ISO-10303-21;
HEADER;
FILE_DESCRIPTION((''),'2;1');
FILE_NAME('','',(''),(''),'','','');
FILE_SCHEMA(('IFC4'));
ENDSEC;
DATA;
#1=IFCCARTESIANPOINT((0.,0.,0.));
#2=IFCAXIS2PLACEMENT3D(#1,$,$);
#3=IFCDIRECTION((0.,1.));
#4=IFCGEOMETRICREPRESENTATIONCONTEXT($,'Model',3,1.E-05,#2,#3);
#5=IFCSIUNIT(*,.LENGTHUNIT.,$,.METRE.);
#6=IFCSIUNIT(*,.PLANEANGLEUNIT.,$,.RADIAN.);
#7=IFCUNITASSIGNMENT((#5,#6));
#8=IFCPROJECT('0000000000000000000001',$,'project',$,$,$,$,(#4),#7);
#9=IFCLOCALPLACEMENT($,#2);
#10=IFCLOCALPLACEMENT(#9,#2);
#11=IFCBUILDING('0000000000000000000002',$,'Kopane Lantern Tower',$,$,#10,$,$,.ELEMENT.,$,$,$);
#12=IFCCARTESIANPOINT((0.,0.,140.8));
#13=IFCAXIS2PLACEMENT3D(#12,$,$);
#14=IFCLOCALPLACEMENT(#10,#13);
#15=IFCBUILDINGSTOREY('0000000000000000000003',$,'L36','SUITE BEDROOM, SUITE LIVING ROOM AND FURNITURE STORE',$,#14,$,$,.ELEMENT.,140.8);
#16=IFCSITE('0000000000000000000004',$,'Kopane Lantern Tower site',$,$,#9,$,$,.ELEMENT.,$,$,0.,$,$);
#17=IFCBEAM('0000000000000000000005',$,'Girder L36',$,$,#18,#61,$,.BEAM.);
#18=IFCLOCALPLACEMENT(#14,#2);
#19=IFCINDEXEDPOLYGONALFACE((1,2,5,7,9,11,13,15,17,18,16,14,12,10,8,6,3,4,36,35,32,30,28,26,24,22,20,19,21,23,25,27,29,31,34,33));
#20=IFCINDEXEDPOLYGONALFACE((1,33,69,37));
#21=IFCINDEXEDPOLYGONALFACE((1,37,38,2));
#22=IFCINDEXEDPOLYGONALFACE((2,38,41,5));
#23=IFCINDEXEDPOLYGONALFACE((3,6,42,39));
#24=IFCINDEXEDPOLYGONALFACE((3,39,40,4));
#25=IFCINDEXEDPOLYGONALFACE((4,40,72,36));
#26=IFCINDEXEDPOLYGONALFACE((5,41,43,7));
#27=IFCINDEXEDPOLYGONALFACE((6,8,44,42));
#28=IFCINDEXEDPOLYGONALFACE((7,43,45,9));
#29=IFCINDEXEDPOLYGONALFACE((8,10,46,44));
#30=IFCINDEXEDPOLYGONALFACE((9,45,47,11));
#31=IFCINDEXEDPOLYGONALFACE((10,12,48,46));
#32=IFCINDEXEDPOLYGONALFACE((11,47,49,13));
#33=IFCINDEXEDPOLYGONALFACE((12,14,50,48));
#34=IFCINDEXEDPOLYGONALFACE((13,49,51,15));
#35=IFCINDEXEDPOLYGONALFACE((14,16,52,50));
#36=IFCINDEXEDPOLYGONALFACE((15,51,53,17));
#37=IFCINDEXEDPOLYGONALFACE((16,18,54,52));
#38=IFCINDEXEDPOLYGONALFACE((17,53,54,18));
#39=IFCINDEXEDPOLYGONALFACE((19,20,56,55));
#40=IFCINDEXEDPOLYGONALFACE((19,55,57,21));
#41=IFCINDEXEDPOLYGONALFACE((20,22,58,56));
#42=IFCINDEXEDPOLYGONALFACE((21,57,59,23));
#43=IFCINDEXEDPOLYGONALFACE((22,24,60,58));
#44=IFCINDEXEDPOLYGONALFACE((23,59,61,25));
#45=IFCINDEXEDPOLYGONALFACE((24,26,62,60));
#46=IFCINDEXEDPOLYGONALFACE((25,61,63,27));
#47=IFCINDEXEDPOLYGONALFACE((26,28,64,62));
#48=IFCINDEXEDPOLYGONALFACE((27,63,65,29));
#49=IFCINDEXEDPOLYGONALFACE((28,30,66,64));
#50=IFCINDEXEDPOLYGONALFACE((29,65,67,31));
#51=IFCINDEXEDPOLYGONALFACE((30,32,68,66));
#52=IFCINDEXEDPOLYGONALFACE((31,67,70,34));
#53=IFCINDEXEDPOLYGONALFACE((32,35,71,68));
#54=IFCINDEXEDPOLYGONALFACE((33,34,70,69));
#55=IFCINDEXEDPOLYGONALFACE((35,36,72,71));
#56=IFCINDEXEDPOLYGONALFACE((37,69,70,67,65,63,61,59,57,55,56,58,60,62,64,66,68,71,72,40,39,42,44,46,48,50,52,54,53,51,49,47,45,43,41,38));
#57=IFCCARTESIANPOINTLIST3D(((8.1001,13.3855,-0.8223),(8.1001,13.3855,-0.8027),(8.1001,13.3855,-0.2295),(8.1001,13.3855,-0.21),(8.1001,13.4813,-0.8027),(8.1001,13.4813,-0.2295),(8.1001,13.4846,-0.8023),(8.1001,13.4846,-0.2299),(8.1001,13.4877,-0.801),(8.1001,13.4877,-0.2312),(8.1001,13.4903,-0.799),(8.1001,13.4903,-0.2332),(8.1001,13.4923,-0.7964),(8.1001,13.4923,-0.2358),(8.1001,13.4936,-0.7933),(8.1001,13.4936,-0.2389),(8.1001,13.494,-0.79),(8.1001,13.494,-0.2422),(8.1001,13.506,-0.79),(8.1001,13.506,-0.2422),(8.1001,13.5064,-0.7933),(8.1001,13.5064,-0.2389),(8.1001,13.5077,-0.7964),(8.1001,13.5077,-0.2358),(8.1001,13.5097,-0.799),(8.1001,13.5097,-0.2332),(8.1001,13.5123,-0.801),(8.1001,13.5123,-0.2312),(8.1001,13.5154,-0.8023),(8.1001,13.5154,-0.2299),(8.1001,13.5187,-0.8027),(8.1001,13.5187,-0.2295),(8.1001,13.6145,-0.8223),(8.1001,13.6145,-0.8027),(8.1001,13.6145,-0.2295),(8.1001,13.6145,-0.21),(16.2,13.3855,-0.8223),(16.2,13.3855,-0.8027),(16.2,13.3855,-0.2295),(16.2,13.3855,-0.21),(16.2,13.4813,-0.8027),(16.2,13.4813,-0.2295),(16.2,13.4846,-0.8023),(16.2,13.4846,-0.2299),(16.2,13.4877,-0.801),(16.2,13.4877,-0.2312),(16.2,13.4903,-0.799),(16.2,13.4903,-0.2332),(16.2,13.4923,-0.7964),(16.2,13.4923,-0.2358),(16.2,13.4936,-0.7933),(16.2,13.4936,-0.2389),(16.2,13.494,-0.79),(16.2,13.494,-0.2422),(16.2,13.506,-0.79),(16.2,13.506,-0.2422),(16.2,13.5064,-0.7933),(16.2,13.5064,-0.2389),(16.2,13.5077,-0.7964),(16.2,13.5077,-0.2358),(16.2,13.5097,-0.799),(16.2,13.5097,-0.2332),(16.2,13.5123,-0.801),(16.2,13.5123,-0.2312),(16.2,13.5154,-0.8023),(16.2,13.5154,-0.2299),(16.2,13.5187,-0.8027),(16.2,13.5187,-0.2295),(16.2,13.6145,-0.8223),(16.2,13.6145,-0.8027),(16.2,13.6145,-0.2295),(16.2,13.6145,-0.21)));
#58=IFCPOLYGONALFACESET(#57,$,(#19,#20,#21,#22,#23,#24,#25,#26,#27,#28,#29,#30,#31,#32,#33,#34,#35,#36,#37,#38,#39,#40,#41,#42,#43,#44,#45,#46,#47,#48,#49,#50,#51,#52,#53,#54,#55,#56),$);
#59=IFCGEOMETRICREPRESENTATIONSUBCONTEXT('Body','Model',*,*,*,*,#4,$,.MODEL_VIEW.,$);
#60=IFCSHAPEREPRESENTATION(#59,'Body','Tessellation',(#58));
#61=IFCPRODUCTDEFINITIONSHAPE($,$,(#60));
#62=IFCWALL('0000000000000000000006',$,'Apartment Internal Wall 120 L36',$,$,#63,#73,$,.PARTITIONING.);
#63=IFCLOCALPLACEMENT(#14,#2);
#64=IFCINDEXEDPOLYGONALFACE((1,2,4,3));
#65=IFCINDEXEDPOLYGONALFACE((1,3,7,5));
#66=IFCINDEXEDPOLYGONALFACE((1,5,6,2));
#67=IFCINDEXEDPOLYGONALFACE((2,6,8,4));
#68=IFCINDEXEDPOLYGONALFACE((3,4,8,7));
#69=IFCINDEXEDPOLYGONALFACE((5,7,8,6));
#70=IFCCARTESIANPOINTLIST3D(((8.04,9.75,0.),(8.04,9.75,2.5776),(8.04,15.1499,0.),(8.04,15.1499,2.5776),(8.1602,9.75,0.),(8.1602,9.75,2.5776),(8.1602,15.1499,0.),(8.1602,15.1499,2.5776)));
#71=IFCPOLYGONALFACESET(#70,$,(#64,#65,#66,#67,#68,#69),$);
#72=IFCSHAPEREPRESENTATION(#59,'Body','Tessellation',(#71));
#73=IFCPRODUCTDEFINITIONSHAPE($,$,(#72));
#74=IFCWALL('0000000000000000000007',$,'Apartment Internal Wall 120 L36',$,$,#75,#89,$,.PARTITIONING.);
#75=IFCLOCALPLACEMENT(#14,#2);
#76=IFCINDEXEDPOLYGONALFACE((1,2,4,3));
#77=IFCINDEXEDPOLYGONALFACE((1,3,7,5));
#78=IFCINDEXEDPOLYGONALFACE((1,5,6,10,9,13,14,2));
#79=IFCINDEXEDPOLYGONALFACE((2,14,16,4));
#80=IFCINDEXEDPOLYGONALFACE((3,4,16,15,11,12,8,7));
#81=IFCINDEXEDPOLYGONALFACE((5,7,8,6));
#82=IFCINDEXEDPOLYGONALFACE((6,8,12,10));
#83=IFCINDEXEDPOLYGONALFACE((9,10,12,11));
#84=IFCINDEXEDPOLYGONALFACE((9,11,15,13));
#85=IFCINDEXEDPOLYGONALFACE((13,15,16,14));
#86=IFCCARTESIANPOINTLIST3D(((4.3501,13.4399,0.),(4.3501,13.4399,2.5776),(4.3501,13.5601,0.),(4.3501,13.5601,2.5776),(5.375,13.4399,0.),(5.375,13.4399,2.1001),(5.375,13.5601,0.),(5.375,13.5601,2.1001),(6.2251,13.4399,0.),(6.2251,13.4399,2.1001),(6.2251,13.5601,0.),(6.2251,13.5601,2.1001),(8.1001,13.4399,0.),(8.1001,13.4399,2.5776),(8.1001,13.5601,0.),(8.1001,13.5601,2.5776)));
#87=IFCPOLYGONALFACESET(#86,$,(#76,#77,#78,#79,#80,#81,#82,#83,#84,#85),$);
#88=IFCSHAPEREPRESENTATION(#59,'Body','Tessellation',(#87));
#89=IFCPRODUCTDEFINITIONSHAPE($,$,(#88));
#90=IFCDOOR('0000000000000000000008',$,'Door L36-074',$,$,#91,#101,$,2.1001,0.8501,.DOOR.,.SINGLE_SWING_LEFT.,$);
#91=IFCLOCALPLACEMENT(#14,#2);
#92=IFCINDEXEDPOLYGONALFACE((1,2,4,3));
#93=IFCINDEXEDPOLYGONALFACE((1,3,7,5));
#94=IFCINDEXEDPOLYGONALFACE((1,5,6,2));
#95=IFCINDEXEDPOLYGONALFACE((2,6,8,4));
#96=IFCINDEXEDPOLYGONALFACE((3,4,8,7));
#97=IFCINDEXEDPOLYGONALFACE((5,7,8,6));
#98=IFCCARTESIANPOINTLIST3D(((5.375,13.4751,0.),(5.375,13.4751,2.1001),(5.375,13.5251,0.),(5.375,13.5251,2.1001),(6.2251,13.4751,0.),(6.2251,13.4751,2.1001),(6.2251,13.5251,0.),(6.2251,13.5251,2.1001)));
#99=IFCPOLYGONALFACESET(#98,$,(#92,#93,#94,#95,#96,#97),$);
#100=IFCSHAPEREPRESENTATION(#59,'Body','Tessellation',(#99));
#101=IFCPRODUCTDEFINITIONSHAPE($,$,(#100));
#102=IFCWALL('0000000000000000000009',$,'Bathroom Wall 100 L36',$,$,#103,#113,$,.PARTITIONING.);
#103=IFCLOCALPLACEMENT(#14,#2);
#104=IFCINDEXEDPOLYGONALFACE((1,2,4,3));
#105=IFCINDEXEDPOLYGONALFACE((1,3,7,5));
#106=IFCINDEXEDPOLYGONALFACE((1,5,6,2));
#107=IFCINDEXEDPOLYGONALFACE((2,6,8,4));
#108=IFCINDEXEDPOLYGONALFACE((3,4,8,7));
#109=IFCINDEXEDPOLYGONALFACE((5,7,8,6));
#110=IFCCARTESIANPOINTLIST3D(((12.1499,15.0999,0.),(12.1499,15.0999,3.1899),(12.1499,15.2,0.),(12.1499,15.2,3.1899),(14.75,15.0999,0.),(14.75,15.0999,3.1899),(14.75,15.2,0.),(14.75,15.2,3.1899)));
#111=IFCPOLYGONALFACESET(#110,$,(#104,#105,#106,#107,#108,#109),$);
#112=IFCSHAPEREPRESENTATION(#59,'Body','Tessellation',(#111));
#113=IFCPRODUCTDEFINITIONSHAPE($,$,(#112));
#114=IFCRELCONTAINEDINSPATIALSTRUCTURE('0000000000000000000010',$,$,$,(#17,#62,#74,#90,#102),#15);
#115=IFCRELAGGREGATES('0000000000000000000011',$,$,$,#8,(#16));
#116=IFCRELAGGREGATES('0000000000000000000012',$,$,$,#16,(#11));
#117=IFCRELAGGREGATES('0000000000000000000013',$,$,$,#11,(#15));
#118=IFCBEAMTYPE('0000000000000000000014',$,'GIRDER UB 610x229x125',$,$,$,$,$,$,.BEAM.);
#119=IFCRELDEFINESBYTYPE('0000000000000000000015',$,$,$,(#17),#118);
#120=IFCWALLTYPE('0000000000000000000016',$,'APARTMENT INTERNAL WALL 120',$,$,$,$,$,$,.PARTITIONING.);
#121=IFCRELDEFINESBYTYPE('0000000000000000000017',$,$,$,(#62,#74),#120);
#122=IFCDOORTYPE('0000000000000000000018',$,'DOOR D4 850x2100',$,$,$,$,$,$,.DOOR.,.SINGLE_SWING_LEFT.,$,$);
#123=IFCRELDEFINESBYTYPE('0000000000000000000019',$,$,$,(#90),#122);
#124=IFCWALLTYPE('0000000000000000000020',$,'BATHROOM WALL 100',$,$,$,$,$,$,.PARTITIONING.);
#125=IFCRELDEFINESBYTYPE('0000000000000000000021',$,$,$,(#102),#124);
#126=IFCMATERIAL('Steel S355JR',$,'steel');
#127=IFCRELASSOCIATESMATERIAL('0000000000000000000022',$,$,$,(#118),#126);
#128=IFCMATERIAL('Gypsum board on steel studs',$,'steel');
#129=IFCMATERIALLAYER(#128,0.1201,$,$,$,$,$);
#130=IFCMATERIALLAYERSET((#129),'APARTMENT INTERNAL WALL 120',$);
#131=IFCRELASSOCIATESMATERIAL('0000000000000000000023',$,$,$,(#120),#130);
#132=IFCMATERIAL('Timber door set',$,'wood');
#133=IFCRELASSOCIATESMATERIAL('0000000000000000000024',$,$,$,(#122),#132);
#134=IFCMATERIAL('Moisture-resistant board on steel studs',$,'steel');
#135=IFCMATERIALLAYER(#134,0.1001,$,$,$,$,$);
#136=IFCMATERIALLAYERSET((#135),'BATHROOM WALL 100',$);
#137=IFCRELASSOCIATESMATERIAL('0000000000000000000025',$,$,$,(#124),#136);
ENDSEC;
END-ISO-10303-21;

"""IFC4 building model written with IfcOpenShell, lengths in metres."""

from ifc_helpers import new_model, si_unit, direction, frame, frame_2d, origin, origin_2d, place, context, subcontext, project, spatial, rectangle, i_section, extrude, material, layer, layer_set, material_profile, profile_set, type_object, element, fill, save


model = new_model("IFC4")

# Units and contexts
model_context = context("Model", 3, precision=1e-05, world=origin(), true_north=direction((0.0, 1.0)))
body_context = subcontext(model_context, "Body", "Model", "MODEL_VIEW")
ifc_project = project(units=[si_unit("LENGTHUNIT", "METRE"), si_unit("PLANEANGLEUNIT", "RADIAN")], contexts=[model_context])

# Site, building, storey
site_placement = place(None, origin())
site = spatial("IfcSite", under=ifc_project, at=site_placement, Name="Kopane Lantern Tower site", CompositionType="ELEMENT", RefElevation=0.0)
building_placement = place(site_placement, origin())
building = spatial("IfcBuilding", under=site, at=building_placement, Name="Kopane Lantern Tower", CompositionType="ELEMENT")
storey_placement = place(building_placement, frame((0.0, 0.0, 140.8)))
storey = spatial("IfcBuildingStorey", under=building, at=storey_placement, Name="L36", Description="SUITE BEDROOM, SUITE LIVING ROOM AND FURNITURE STORE", CompositionType="ELEMENT", Elevation=140.8)

# Beam
ifc_material_1 = material(Name="Steel S355JR", Category="steel")
ifc_material_profile = material_profile(ifc_material_1, i_section(OverallWidth=0.229, OverallDepth=0.6123, WebThickness=0.012, FlangeThickness=0.0195, FilletRadius=0.0127, at=origin_2d()), Name="UB 610x229x125")
ifc_profile_set = profile_set([ifc_material_profile], Name="Steel S355JR")
beam_type = type_object("IfcBeamType", Name="GIRDER UB 610x229x125", PredefinedType="BEAM", material=ifc_profile_set)
beam_placement = place(storey_placement, frame((8.1001, 13.5, -0.5161), z_axis=(1.0, 0.0, 0.0), x_axis=(0.0, 1.0, 0.0)))
element("IfcBeam", 1, at=beam_placement, inside=storey, type_object=beam_type, Name="Girder L36", PredefinedType="BEAM", context=body_context, shape_type="SweptSolid", body=[
    extrude(i_section(OverallWidth=0.229, OverallDepth=0.6123, WebThickness=0.012, FlangeThickness=0.0195, FilletRadius=0.0127, at=origin_2d()), origin(), (0.0, 0.0, 1.0), 8.0999),
])

# Wall
ifc_material_2 = material(Name="Gypsum board on steel studs", Category="steel")
ifc_layer_1 = layer(ifc_material_2, 0.1201)
ifc_layer_set_1 = layer_set([ifc_layer_1], Name="APARTMENT INTERNAL WALL 120")
wall_type_1 = type_object("IfcWallType", Name="APARTMENT INTERNAL WALL 120", PredefinedType="PARTITIONING", material=ifc_layer_set_1)
wall_1_placement = place(storey_placement, frame((8.1001, 15.1499, 0.0), z_axis=(0.0, 0.0, 1.0), x_axis=(0.0, -1.0, 0.0)))
element("IfcWall", 2, at=wall_1_placement, inside=storey, type_object=wall_type_1, Name="Apartment Internal Wall 120 L36", PredefinedType="PARTITIONING", context=body_context, shape_type="SweptSolid", body=[
    extrude(rectangle(XDim=5.3999, YDim=0.1201, at=frame_2d((2.7, 0.0))), origin(), (0.0, 0.0, 1.0), 2.5776),
])

# Wall, opening, door
wall_2_placement = place(storey_placement, frame((8.1001, 13.5, 0.0), z_axis=(0.0, 0.0, 1.0), x_axis=(-1.0, 0.0, 0.0)))
wall_2 = element("IfcWall", 3, at=wall_2_placement, inside=storey, type_object=wall_type_1, Name="Apartment Internal Wall 120 L36", PredefinedType="PARTITIONING", context=body_context, shape_type="SweptSolid", body=[
    extrude(rectangle(XDim=3.75, YDim=0.1201, at=frame_2d((1.875, 0.0))), origin(), (0.0, 0.0, 1.0), 2.5776),
])
opening_1_placement = place(wall_2_placement, frame((1.875, 0.0, 0.0)))
opening_1 = element("IfcOpeningElement", 4, at=opening_1_placement, cuts=wall_2, PredefinedType="OPENING", context=body_context, shape_type="SweptSolid", body=[
    extrude(rectangle(XDim=0.8501, YDim=2.1001, at=frame_2d((0.425, 1.05))), frame((0.0, 0.0701, 0.0), z_axis=(0.0, -1.0, 0.0), x_axis=(1.0, 0.0, 0.0)), (0.0, 0.0, 1.0), 0.1401),
])
ifc_material_3 = material(Name="Timber door set", Category="wood")
door_type_1 = type_object("IfcDoorType", Name="DOOR D4 850x2100", OperationType="SINGLE_SWING_LEFT", PredefinedType="DOOR", material=ifc_material_3)
door_1_placement = place(opening_1_placement, origin())
door_1 = element("IfcDoor", 5, at=door_1_placement, inside=storey, type_object=door_type_1, Name="Door L36-074", OperationType="SINGLE_SWING_LEFT", OverallHeight=2.1001, OverallWidth=0.8501, PredefinedType="DOOR", context=body_context, shape_type="SweptSolid", body=[
    extrude(rectangle(XDim=0.8501, YDim=2.1001, at=frame_2d((0.425, 1.05))), frame((0.0, 0.0249, 0.0), z_axis=(0.0, -1.0, 0.0), x_axis=(1.0, 0.0, 0.0)), (0.0, 0.0, 1.0), 0.05),
])
fill(opening_1, door_1)

# Wall
ifc_material_4 = material(Name="Moisture-resistant board on steel studs", Category="steel")
ifc_layer_2 = layer(ifc_material_4, 0.1001)
ifc_layer_set_2 = layer_set([ifc_layer_2], Name="BATHROOM WALL 100")
wall_type_2 = type_object("IfcWallType", Name="BATHROOM WALL 100", PredefinedType="PARTITIONING", material=ifc_layer_set_2)
wall_3_placement = place(storey_placement, frame((12.1499, 15.1499, 0.0), z_axis=(0.0, 0.0, 1.0), x_axis=(1.0, 0.0, 0.0)))
element("IfcWall", 6, at=wall_3_placement, inside=storey, type_object=wall_type_2, Name="Bathroom Wall 100 L36", PredefinedType="PARTITIONING", context=body_context, shape_type="SweptSolid", body=[
    extrude(rectangle(XDim=2.6001, YDim=0.1001, at=frame_2d((1.3, 0.0))), origin(), (0.0, 0.0, 1.0), 3.1899),
])

save(model, "model.ifc")
